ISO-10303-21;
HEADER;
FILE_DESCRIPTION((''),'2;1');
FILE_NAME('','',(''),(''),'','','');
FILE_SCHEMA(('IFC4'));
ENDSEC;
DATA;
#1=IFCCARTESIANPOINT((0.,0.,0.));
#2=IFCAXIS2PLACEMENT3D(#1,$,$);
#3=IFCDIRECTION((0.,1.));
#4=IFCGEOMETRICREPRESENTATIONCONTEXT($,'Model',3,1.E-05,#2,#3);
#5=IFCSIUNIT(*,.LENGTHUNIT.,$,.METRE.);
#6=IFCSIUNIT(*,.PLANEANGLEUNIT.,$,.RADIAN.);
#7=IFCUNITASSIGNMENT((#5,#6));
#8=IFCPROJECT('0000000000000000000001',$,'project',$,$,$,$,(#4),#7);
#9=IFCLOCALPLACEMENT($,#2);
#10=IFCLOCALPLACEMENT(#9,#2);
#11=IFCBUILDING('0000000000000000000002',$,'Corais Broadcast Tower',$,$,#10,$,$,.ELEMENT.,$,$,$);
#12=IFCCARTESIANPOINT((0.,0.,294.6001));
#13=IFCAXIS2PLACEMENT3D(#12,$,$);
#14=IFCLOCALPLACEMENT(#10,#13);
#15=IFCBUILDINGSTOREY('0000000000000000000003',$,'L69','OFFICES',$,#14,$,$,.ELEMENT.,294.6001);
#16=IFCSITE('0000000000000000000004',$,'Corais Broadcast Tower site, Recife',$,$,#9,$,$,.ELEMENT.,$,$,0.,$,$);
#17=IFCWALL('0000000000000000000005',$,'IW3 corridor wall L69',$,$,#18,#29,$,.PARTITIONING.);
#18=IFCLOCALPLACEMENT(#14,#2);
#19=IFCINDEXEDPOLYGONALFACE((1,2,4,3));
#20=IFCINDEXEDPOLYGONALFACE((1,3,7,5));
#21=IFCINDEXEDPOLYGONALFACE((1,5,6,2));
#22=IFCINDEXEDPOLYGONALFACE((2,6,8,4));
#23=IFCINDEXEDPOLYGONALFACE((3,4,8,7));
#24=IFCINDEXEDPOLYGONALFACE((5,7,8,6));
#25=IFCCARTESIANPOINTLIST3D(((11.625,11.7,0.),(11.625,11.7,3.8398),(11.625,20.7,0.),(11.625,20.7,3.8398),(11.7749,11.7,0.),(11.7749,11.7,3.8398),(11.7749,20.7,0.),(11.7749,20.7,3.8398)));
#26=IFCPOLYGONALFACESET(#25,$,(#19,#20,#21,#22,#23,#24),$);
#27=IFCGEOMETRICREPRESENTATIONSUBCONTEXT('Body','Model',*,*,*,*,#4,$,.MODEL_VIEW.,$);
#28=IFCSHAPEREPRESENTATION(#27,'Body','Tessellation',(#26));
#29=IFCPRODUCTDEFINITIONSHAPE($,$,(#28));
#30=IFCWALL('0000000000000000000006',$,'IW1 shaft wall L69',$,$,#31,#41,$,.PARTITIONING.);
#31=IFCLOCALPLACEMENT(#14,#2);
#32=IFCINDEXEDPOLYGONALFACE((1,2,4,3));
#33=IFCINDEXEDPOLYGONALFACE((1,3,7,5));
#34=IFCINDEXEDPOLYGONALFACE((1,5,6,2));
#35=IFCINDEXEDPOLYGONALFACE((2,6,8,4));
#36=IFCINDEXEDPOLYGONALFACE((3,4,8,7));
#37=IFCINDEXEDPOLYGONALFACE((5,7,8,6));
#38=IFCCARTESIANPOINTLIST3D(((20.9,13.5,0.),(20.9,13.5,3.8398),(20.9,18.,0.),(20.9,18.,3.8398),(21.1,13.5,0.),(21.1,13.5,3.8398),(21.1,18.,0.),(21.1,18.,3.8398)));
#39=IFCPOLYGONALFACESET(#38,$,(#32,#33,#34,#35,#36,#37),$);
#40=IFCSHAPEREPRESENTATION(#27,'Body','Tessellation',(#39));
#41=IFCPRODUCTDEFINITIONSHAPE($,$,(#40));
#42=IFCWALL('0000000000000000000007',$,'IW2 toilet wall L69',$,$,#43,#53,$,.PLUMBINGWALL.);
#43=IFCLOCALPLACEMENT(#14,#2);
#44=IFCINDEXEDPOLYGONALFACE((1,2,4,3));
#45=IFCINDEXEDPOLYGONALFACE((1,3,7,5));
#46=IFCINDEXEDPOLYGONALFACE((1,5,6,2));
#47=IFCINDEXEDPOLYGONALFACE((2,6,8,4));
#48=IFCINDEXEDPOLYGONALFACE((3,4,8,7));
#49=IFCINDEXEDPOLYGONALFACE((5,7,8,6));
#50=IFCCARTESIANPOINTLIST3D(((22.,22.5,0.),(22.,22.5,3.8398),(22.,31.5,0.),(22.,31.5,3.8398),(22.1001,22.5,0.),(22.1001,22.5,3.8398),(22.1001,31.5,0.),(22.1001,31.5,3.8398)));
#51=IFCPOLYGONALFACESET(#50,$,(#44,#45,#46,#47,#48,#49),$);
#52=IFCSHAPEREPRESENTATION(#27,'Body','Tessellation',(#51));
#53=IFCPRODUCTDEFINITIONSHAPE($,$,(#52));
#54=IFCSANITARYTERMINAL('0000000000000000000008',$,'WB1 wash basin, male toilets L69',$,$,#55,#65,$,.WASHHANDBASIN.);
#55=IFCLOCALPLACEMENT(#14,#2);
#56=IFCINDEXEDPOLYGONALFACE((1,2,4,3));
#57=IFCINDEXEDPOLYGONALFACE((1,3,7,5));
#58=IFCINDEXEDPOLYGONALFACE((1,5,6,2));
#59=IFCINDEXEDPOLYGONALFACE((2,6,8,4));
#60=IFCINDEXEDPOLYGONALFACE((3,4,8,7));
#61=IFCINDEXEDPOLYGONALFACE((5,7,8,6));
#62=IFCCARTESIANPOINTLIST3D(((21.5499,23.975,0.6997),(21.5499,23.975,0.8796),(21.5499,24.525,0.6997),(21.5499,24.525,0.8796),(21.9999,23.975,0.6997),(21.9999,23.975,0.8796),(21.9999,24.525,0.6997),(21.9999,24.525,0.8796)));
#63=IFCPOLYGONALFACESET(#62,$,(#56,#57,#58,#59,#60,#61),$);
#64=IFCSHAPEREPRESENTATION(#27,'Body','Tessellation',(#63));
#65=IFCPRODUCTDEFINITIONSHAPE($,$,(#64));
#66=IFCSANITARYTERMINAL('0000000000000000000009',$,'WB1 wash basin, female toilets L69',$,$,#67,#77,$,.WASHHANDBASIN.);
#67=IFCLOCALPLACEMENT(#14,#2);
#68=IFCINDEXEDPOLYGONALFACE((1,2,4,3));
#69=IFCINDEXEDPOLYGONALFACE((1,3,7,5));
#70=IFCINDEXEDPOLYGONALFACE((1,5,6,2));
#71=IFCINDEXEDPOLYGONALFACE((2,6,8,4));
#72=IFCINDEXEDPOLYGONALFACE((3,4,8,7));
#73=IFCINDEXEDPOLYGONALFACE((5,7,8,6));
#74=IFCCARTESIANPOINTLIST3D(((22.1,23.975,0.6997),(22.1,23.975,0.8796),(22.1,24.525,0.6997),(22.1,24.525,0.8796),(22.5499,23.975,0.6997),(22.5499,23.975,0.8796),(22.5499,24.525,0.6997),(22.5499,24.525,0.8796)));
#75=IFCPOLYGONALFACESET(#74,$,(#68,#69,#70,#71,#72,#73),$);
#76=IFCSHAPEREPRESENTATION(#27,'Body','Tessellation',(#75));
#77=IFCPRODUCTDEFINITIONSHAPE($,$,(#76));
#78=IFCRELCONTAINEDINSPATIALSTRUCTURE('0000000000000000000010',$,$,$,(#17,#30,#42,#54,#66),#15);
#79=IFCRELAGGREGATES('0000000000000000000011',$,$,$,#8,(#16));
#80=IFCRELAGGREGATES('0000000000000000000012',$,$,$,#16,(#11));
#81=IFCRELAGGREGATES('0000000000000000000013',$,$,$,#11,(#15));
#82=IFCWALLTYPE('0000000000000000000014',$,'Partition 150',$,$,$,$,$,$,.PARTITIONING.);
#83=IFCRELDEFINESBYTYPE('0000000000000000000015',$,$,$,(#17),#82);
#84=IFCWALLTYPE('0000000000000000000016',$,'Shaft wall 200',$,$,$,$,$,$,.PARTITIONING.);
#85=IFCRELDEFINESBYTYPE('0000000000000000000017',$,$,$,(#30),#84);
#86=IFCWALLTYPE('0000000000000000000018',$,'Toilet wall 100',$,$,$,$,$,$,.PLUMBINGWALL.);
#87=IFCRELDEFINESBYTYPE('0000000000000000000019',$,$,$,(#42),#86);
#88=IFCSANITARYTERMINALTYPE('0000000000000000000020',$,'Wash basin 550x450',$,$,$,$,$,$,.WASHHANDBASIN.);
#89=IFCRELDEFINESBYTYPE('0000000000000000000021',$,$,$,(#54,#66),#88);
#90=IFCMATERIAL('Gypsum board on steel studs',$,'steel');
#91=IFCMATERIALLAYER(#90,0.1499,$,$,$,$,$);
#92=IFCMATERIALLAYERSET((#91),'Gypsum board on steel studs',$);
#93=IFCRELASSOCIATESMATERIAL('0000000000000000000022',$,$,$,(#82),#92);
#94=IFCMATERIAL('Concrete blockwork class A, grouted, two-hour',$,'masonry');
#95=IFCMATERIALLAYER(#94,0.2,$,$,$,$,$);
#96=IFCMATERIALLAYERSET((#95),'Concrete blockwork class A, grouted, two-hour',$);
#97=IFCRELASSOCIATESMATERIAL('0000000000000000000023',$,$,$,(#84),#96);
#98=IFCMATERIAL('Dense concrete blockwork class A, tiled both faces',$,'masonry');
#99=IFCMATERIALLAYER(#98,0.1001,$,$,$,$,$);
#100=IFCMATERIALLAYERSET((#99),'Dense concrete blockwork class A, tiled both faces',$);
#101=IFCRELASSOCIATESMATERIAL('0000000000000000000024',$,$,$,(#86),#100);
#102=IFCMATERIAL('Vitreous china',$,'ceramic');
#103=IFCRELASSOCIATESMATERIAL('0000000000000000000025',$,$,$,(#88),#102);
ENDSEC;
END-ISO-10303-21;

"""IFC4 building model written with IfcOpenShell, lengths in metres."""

from ifc_helpers import new_model, si_unit, direction, frame, frame_2d, origin, origin_2d, place, context, subcontext, project, spatial, rectangle, extrude, material, layer, layer_set, type_object, element, save


model = new_model("IFC4")

# Units and contexts
model_context = context("Model", 3, precision=1e-05, world=origin(), true_north=direction((0.0, 1.0)))
body_context = subcontext(model_context, "Body", "Model", "MODEL_VIEW")
ifc_project = project(units=[si_unit("LENGTHUNIT", "METRE"), si_unit("PLANEANGLEUNIT", "RADIAN")], contexts=[model_context])

# Site, building, storey
site_placement = place(None, origin())
site = spatial("IfcSite", under=ifc_project, at=site_placement, Name="Corais Broadcast Tower site, Recife", CompositionType="ELEMENT", RefElevation=0.0)
building_placement = place(site_placement, origin())
building = spatial("IfcBuilding", under=site, at=building_placement, Name="Corais Broadcast Tower", CompositionType="ELEMENT")
storey_placement = place(building_placement, frame((0.0, 0.0, 294.6001)))
storey = spatial("IfcBuildingStorey", under=building, at=storey_placement, Name="L69", Description="OFFICES", CompositionType="ELEMENT", Elevation=294.6001)

# Walls
ifc_material_1 = material(Name="Gypsum board on steel studs", Category="steel")
ifc_layer_1 = layer(ifc_material_1, 0.1499)
ifc_layer_set_1 = layer_set([ifc_layer_1], Name="Gypsum board on steel studs")
wall_type_1 = type_object("IfcWallType", Name="Partition 150", PredefinedType="PARTITIONING", material=ifc_layer_set_1)
wall_1_placement = place(storey_placement, frame((11.7, 20.7, 0.0), z_axis=(0.0, 0.0, 1.0), x_axis=(0.0, -1.0, 0.0)))
element("IfcWall", 1, at=wall_1_placement, inside=storey, type_object=wall_type_1, Name="IW3 corridor wall L69", PredefinedType="PARTITIONING", context=body_context, shape_type="SweptSolid", body=[
    extrude(rectangle(XDim=9.0, YDim=0.1499, at=frame_2d((4.5, 0.0))), origin(), (0.0, 0.0, 1.0), 3.8398),
])
ifc_material_2 = material(Name="Concrete blockwork class A, grouted, two-hour", Category="masonry")
ifc_layer_2 = layer(ifc_material_2, 0.2)
ifc_layer_set_2 = layer_set([ifc_layer_2], Name="Concrete blockwork class A, grouted, two-hour")
wall_type_2 = type_object("IfcWallType", Name="Shaft wall 200", PredefinedType="PARTITIONING", material=ifc_layer_set_2)
wall_2_placement = place(storey_placement, frame((21.0, 13.5, 0.0), z_axis=(0.0, 0.0, 1.0), x_axis=(0.0, 1.0, 0.0)))
element("IfcWall", 2, at=wall_2_placement, inside=storey, type_object=wall_type_2, Name="IW1 shaft wall L69", PredefinedType="PARTITIONING", context=body_context, shape_type="SweptSolid", body=[
    extrude(rectangle(XDim=4.5, YDim=0.2, at=frame_2d((2.25, 0.0))), origin(), (0.0, 0.0, 1.0), 3.8398),
])
ifc_material_3 = material(Name="Dense concrete blockwork class A, tiled both faces", Category="masonry")
ifc_layer_3 = layer(ifc_material_3, 0.1001)
ifc_layer_set_3 = layer_set([ifc_layer_3], Name="Dense concrete blockwork class A, tiled both faces")
wall_type_3 = type_object("IfcWallType", Name="Toilet wall 100", PredefinedType="PLUMBINGWALL", material=ifc_layer_set_3)
wall_3_placement = place(storey_placement, frame((22.05, 22.5, 0.0), z_axis=(0.0, 0.0, 1.0), x_axis=(0.0, 1.0, 0.0)))
element("IfcWall", 3, at=wall_3_placement, inside=storey, type_object=wall_type_3, Name="IW2 toilet wall L69", PredefinedType="PLUMBINGWALL", context=body_context, shape_type="SweptSolid", body=[
    extrude(rectangle(XDim=9.0, YDim=0.1001, at=frame_2d((4.5, 0.0))), origin(), (0.0, 0.0, 1.0), 3.8398),
])

# Sanitary terminals
ifc_material_4 = material(Name="Vitreous china", Category="ceramic")
sanitary_terminal_type = type_object("IfcSanitaryTerminalType", Name="Wash basin 550x450", PredefinedType="WASHHANDBASIN", material=ifc_material_4)
for number, where, z_axis, x_axis, name in (
    (4, (21.7749, 24.25, 0.6997), (0.0, 0.0, 1.0), (1.0, 0.0, 0.0), "WB1 wash basin, male toilets L69"),
    (5, (22.325, 24.25, 0.6997), (0.0, 0.0, 1.0), (1.0, 0.0, 0.0), "WB1 wash basin, female toilets L69"),
):
    element("IfcSanitaryTerminal", number, at=place(storey_placement, frame(where, z_axis=z_axis, x_axis=x_axis)), inside=storey, type_object=sanitary_terminal_type, Name=name, PredefinedType="WASHHANDBASIN", context=body_context, shape_type="SweptSolid", body=[
        extrude(rectangle(XDim=0.45, YDim=0.55, at=origin_2d()), origin(), (0.0, 0.0, 1.0), 0.1799),
    ])

save(model, "model.ifc")
